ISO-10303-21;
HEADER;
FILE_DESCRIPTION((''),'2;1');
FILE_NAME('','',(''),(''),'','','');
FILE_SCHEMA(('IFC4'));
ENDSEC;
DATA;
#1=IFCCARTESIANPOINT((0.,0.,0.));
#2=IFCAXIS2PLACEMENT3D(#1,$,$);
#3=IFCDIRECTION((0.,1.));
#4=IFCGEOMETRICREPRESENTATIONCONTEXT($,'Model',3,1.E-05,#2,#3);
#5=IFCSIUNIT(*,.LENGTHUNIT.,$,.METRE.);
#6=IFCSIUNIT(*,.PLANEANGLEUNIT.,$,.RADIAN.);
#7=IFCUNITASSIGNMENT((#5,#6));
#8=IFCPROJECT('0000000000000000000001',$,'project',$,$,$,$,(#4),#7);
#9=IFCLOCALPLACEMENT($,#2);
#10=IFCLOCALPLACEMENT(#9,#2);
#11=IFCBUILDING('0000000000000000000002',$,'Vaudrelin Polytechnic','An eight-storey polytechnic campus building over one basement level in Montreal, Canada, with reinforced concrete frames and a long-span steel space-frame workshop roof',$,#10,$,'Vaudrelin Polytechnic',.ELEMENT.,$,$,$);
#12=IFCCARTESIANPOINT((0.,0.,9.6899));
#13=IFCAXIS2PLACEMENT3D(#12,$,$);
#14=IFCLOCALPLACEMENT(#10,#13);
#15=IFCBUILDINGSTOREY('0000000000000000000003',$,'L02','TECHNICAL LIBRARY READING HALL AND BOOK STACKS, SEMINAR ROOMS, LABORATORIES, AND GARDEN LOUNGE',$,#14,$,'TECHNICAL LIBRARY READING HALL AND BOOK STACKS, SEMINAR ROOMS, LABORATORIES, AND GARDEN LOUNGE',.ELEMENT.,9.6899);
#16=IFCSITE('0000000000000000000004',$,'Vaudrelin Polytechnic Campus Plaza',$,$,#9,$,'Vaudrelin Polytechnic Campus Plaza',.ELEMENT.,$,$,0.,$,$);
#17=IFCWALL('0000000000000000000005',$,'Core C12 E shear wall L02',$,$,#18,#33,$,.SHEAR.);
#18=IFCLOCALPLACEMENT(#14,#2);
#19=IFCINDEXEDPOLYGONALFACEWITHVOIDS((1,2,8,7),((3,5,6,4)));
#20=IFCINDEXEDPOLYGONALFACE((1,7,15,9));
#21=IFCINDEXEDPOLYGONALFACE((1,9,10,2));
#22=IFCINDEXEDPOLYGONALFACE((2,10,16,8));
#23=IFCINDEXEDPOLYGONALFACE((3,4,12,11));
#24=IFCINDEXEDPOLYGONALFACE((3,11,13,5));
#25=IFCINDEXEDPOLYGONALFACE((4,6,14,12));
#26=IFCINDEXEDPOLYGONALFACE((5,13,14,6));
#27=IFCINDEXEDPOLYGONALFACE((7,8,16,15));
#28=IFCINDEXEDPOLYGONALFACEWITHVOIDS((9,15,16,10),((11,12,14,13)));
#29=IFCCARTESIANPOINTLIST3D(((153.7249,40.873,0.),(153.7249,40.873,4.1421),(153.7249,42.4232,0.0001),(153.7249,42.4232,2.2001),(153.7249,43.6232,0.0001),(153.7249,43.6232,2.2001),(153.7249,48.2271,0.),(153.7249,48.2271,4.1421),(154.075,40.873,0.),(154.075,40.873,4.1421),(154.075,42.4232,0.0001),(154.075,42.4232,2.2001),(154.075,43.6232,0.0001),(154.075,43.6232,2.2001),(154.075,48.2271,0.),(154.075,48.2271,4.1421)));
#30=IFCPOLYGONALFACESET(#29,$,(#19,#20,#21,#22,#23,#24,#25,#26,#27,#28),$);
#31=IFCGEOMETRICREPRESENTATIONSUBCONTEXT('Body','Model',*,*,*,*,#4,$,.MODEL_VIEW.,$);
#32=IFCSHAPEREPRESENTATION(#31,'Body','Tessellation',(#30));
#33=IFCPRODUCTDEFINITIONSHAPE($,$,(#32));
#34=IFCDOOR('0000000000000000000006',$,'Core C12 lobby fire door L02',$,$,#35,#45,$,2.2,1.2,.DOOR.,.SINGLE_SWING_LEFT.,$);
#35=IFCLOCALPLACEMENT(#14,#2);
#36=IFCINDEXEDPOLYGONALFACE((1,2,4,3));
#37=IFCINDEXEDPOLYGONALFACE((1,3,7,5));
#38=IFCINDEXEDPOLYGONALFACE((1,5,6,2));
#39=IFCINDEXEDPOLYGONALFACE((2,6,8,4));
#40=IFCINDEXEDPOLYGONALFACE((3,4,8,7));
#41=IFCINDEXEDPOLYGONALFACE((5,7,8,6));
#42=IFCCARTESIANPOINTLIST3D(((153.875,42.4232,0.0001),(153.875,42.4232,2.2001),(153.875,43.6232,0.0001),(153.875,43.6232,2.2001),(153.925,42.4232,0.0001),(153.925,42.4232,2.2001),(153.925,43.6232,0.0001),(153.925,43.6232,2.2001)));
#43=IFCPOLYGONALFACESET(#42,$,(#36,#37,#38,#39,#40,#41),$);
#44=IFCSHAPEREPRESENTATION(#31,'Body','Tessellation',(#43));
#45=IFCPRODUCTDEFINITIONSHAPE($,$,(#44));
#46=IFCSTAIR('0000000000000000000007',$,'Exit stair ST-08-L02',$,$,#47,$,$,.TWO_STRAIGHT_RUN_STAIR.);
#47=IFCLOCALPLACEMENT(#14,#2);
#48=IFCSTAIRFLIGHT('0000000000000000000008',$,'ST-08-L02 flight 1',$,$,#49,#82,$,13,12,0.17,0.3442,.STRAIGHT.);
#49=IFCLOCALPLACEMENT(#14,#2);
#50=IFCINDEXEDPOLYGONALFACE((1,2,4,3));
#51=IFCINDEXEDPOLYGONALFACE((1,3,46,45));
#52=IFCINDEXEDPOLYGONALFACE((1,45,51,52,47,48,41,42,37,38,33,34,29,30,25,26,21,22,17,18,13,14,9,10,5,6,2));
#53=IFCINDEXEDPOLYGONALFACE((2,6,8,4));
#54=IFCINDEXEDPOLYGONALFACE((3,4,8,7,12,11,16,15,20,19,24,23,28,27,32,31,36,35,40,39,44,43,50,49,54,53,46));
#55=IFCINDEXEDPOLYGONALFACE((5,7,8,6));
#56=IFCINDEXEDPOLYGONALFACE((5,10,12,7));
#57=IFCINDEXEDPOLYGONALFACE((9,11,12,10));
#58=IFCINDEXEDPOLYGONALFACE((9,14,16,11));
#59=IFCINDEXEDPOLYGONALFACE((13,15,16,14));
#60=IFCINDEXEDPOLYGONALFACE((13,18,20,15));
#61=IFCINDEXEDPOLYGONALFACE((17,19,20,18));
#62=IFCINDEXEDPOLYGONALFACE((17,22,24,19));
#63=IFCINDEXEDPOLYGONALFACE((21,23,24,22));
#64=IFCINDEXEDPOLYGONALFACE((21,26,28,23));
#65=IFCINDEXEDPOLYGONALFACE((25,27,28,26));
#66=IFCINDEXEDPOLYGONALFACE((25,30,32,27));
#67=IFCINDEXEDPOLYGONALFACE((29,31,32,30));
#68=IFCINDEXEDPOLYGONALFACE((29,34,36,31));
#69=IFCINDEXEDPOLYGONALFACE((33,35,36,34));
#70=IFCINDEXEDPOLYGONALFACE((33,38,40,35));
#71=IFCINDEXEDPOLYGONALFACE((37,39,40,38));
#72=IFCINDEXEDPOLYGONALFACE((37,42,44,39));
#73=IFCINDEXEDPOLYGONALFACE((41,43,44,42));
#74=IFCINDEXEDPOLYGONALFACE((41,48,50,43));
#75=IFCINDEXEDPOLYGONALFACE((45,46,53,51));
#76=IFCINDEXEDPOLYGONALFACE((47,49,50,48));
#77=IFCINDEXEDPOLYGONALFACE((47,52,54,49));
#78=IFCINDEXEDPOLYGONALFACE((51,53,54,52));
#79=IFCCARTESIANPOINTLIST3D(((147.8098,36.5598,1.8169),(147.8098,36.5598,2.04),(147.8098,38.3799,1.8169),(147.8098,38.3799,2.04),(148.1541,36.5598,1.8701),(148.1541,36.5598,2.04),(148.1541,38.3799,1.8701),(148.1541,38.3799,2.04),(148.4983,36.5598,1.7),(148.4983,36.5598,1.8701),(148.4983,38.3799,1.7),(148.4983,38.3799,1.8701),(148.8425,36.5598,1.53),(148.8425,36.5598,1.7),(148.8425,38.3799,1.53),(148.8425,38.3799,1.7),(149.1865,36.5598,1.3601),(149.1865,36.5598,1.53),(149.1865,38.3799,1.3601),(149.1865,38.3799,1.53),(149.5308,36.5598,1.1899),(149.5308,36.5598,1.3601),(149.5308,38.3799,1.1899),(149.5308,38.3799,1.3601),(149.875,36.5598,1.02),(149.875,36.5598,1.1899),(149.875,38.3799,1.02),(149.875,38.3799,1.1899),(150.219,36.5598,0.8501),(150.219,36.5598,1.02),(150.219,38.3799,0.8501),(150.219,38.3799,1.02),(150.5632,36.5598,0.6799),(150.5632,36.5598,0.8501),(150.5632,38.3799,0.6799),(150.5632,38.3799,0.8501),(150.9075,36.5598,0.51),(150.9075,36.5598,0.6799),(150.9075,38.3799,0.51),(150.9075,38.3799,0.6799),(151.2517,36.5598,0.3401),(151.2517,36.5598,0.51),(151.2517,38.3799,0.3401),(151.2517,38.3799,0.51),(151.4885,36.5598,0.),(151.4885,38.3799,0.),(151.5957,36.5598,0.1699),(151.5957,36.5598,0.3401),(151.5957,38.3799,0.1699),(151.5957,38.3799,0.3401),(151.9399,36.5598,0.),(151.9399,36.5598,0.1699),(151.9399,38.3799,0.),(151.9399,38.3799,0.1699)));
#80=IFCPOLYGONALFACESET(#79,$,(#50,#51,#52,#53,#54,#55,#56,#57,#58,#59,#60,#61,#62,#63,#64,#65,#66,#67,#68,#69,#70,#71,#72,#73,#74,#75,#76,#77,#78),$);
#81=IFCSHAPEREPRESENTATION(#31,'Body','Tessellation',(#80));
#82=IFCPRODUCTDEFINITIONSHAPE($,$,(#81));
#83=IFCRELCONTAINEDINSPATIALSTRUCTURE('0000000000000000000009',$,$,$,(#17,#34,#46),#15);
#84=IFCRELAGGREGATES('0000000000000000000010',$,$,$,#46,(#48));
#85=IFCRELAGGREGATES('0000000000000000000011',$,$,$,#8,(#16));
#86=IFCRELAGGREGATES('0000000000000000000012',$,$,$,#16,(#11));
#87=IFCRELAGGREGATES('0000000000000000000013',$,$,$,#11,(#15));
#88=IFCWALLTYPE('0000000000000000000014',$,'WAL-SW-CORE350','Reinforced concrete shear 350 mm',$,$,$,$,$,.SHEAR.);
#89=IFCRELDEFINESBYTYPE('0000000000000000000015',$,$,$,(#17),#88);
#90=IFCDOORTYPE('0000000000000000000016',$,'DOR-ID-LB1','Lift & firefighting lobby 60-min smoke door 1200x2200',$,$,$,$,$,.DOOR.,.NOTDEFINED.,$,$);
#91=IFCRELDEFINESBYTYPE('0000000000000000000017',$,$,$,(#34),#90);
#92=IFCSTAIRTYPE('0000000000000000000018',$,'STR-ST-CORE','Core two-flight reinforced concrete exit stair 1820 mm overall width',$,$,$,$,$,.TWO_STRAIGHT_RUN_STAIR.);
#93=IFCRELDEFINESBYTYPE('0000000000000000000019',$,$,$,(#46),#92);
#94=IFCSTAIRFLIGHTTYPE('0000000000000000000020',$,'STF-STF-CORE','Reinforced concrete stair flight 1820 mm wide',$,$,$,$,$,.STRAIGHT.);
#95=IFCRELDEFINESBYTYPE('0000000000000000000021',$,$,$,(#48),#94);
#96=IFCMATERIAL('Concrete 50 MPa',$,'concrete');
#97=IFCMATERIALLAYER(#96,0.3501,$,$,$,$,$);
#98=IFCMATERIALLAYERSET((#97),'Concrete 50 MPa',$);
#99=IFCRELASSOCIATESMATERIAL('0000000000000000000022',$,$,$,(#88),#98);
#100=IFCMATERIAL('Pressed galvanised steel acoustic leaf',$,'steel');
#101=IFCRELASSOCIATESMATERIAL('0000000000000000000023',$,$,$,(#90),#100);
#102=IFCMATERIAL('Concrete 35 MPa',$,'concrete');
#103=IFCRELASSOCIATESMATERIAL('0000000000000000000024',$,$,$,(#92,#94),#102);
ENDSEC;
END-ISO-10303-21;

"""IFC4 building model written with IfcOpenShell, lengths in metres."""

from ifc_helpers import new_model, si_unit, direction, frame, frame_2d, origin, place, context, subcontext, project, spatial, polyline, rectangle, outline, extrude, material, layer, layer_set, type_object, element, fill, aggregate, save


model = new_model("IFC4")

# Units and contexts
model_context = context("Model", 3, precision=1e-05, world=origin(), true_north=direction((0.0, 1.0)))
body_context = subcontext(model_context, "Body", "Model", "MODEL_VIEW")
ifc_project = project(units=[si_unit("LENGTHUNIT", "METRE"), si_unit("PLANEANGLEUNIT", "RADIAN")], contexts=[model_context])

# Site, building, storey
site_placement = place(None, origin())
site = spatial("IfcSite", under=ifc_project, at=site_placement, Name="Vaudrelin Polytechnic Campus Plaza", LongName="Vaudrelin Polytechnic Campus Plaza", CompositionType="ELEMENT", RefElevation=0.0)
building_placement = place(site_placement, origin())
building = spatial("IfcBuilding", under=site, at=building_placement, Name="Vaudrelin Polytechnic", Description="An eight-storey polytechnic campus building over one basement level in Montreal, Canada, with reinforced concrete frames and a long-span steel space-frame workshop roof", LongName="Vaudrelin Polytechnic", CompositionType="ELEMENT")
storey_placement = place(building_placement, frame((0.0, 0.0, 9.6899)))
storey = spatial("IfcBuildingStorey", under=building, at=storey_placement, Name="L02", Description="TECHNICAL LIBRARY READING HALL AND BOOK STACKS, SEMINAR ROOMS, LABORATORIES, AND GARDEN LOUNGE", LongName="TECHNICAL LIBRARY READING HALL AND BOOK STACKS, SEMINAR ROOMS, LABORATORIES, AND GARDEN LOUNGE", CompositionType="ELEMENT", Elevation=9.6899)

# Shared definitions
ifc_material_1 = material(Name="Concrete 50 MPa", Category="concrete")

# Wall, opening, door
ifc_material_2 = material(Name="Pressed galvanised steel acoustic leaf", Category="steel")
ifc_layer_1 = layer(ifc_material_1, 0.3501)
ifc_layer_set_1 = layer_set([ifc_layer_1], Name="Concrete 50 MPa")
wall_type_1 = type_object("IfcWallType", Name="WAL-SW-CORE350", Description="Reinforced concrete shear 350 mm", PredefinedType="SHEAR", material=ifc_layer_set_1)
door_type_1 = type_object("IfcDoorType", Name="DOR-ID-LB1", Description="Lift & firefighting lobby 60-min smoke door 1200x2200", OperationType="NOTDEFINED", PredefinedType="DOOR", material=ifc_material_2)
wall_1_placement = place(storey_placement, frame((153.8999, 40.873, 0.0), z_axis=(0.0, 0.0, 1.0), x_axis=(0.0, 1.0, 0.0)))
wall_1 = element("IfcWall", 1, at=wall_1_placement, inside=storey, type_object=wall_type_1, Name="Core C12 E shear wall L02", PredefinedType="SHEAR", context=body_context, shape_type="SweptSolid", body=[
    extrude(rectangle(XDim=7.354, YDim=0.3501, at=frame_2d((3.677, 0.0))), origin(), (0.0, 0.0, 1.0), 4.1421),
])
opening_1_placement = place(wall_1_placement, frame((1.55, 0.0, 0.0)))
opening_1 = element("IfcOpeningElement", 2, at=opening_1_placement, cuts=wall_1, PredefinedType="OPENING", context=body_context, shape_type="SweptSolid", body=[
    extrude(rectangle(XDim=1.2, YDim=2.2, at=frame_2d((0.6001, 1.1001))), frame((0.0, 0.1851, 0.0), z_axis=(0.0, -1.0, 0.0), x_axis=(1.0, 0.0, 0.0)), (0.0, 0.0, 1.0), 0.3701),
])
door_1_placement = place(opening_1_placement, origin())
door_1 = element("IfcDoor", 3, at=door_1_placement, inside=storey, type_object=door_type_1, Name="Core C12 lobby fire door L02", OperationType="SINGLE_SWING_LEFT", OverallHeight=2.2, OverallWidth=1.2, PredefinedType="DOOR", context=body_context, shape_type="SweptSolid", body=[
    extrude(rectangle(XDim=1.2, YDim=2.2, at=frame_2d((0.6001, 1.1001))), frame((0.0, 0.0249, 0.0), z_axis=(0.0, -1.0, 0.0), x_axis=(1.0, 0.0, 0.0)), (0.0, 0.0, 1.0), 0.05),
])
fill(opening_1, door_1)

# Stair, stair flight
ifc_material_3 = material(Name="Concrete 35 MPa", Category="concrete")
stair_type = type_object("IfcStairType", Name="STR-ST-CORE", Description="Core two-flight reinforced concrete exit stair 1820 mm overall width", PredefinedType="TWO_STRAIGHT_RUN_STAIR", material=ifc_material_3)
stair_placement = place(storey_placement, origin())
stair = element("IfcStair", 4, at=stair_placement, inside=storey, type_object=stair_type, Name="Exit stair ST-08-L02", PredefinedType="TWO_STRAIGHT_RUN_STAIR")
stair_flight_type = type_object("IfcStairFlightType", Name="STF-STF-CORE", Description="Reinforced concrete stair flight 1820 mm wide", PredefinedType="STRAIGHT", material=ifc_material_3)
stair_flight_placement = place(storey_placement, frame((151.9399, 37.47, 0.0), z_axis=(0.0, 0.0, 1.0), x_axis=(-1.0, 0.0, 0.0)))
stair_flight = element("IfcStairFlight", 5, at=stair_flight_placement, type_object=stair_flight_type, Name="ST-08-L02 flight 1", NumberOfRisers=13, NumberOfTreads=12, PredefinedType="STRAIGHT", RiserHeight=0.17, TreadLength=0.3442, context=body_context, shape_type="SweptSolid", body=[
    extrude(outline(polyline([(0.0, 0.0), (0.0, 0.1699), (0.3442, 0.1699), (0.3442, 0.3401), (0.6882, 0.3401), (0.6882, 0.51), (1.0325, 0.51), (1.0325, 0.6799), (1.3767, 0.6799), (1.3767, 0.8501), (1.7209, 0.8501), (1.7209, 1.02), (2.0649, 1.02), (2.0649, 1.1899), (2.4092, 1.1899), (2.4092, 1.3601), (2.7534, 1.3601), (2.7534, 1.53), (3.0974, 1.53), (3.0974, 1.7), (3.4417, 1.7), (3.4417, 1.8701), (3.7859, 1.8701), (3.7859, 2.04), (4.1301, 2.04), (4.1301, 2.21), (4.1301, 1.8169), (0.4514, 0.0), (0.0, 0.0)])), frame((0.0, 0.9102, 0.0), z_axis=(0.0, -1.0, 0.0), x_axis=(1.0, 0.0, 0.0)), (0.0, 0.0, 1.0), 1.8201),
])
aggregate(stair, [stair_flight])

save(model, "model.ifc")
